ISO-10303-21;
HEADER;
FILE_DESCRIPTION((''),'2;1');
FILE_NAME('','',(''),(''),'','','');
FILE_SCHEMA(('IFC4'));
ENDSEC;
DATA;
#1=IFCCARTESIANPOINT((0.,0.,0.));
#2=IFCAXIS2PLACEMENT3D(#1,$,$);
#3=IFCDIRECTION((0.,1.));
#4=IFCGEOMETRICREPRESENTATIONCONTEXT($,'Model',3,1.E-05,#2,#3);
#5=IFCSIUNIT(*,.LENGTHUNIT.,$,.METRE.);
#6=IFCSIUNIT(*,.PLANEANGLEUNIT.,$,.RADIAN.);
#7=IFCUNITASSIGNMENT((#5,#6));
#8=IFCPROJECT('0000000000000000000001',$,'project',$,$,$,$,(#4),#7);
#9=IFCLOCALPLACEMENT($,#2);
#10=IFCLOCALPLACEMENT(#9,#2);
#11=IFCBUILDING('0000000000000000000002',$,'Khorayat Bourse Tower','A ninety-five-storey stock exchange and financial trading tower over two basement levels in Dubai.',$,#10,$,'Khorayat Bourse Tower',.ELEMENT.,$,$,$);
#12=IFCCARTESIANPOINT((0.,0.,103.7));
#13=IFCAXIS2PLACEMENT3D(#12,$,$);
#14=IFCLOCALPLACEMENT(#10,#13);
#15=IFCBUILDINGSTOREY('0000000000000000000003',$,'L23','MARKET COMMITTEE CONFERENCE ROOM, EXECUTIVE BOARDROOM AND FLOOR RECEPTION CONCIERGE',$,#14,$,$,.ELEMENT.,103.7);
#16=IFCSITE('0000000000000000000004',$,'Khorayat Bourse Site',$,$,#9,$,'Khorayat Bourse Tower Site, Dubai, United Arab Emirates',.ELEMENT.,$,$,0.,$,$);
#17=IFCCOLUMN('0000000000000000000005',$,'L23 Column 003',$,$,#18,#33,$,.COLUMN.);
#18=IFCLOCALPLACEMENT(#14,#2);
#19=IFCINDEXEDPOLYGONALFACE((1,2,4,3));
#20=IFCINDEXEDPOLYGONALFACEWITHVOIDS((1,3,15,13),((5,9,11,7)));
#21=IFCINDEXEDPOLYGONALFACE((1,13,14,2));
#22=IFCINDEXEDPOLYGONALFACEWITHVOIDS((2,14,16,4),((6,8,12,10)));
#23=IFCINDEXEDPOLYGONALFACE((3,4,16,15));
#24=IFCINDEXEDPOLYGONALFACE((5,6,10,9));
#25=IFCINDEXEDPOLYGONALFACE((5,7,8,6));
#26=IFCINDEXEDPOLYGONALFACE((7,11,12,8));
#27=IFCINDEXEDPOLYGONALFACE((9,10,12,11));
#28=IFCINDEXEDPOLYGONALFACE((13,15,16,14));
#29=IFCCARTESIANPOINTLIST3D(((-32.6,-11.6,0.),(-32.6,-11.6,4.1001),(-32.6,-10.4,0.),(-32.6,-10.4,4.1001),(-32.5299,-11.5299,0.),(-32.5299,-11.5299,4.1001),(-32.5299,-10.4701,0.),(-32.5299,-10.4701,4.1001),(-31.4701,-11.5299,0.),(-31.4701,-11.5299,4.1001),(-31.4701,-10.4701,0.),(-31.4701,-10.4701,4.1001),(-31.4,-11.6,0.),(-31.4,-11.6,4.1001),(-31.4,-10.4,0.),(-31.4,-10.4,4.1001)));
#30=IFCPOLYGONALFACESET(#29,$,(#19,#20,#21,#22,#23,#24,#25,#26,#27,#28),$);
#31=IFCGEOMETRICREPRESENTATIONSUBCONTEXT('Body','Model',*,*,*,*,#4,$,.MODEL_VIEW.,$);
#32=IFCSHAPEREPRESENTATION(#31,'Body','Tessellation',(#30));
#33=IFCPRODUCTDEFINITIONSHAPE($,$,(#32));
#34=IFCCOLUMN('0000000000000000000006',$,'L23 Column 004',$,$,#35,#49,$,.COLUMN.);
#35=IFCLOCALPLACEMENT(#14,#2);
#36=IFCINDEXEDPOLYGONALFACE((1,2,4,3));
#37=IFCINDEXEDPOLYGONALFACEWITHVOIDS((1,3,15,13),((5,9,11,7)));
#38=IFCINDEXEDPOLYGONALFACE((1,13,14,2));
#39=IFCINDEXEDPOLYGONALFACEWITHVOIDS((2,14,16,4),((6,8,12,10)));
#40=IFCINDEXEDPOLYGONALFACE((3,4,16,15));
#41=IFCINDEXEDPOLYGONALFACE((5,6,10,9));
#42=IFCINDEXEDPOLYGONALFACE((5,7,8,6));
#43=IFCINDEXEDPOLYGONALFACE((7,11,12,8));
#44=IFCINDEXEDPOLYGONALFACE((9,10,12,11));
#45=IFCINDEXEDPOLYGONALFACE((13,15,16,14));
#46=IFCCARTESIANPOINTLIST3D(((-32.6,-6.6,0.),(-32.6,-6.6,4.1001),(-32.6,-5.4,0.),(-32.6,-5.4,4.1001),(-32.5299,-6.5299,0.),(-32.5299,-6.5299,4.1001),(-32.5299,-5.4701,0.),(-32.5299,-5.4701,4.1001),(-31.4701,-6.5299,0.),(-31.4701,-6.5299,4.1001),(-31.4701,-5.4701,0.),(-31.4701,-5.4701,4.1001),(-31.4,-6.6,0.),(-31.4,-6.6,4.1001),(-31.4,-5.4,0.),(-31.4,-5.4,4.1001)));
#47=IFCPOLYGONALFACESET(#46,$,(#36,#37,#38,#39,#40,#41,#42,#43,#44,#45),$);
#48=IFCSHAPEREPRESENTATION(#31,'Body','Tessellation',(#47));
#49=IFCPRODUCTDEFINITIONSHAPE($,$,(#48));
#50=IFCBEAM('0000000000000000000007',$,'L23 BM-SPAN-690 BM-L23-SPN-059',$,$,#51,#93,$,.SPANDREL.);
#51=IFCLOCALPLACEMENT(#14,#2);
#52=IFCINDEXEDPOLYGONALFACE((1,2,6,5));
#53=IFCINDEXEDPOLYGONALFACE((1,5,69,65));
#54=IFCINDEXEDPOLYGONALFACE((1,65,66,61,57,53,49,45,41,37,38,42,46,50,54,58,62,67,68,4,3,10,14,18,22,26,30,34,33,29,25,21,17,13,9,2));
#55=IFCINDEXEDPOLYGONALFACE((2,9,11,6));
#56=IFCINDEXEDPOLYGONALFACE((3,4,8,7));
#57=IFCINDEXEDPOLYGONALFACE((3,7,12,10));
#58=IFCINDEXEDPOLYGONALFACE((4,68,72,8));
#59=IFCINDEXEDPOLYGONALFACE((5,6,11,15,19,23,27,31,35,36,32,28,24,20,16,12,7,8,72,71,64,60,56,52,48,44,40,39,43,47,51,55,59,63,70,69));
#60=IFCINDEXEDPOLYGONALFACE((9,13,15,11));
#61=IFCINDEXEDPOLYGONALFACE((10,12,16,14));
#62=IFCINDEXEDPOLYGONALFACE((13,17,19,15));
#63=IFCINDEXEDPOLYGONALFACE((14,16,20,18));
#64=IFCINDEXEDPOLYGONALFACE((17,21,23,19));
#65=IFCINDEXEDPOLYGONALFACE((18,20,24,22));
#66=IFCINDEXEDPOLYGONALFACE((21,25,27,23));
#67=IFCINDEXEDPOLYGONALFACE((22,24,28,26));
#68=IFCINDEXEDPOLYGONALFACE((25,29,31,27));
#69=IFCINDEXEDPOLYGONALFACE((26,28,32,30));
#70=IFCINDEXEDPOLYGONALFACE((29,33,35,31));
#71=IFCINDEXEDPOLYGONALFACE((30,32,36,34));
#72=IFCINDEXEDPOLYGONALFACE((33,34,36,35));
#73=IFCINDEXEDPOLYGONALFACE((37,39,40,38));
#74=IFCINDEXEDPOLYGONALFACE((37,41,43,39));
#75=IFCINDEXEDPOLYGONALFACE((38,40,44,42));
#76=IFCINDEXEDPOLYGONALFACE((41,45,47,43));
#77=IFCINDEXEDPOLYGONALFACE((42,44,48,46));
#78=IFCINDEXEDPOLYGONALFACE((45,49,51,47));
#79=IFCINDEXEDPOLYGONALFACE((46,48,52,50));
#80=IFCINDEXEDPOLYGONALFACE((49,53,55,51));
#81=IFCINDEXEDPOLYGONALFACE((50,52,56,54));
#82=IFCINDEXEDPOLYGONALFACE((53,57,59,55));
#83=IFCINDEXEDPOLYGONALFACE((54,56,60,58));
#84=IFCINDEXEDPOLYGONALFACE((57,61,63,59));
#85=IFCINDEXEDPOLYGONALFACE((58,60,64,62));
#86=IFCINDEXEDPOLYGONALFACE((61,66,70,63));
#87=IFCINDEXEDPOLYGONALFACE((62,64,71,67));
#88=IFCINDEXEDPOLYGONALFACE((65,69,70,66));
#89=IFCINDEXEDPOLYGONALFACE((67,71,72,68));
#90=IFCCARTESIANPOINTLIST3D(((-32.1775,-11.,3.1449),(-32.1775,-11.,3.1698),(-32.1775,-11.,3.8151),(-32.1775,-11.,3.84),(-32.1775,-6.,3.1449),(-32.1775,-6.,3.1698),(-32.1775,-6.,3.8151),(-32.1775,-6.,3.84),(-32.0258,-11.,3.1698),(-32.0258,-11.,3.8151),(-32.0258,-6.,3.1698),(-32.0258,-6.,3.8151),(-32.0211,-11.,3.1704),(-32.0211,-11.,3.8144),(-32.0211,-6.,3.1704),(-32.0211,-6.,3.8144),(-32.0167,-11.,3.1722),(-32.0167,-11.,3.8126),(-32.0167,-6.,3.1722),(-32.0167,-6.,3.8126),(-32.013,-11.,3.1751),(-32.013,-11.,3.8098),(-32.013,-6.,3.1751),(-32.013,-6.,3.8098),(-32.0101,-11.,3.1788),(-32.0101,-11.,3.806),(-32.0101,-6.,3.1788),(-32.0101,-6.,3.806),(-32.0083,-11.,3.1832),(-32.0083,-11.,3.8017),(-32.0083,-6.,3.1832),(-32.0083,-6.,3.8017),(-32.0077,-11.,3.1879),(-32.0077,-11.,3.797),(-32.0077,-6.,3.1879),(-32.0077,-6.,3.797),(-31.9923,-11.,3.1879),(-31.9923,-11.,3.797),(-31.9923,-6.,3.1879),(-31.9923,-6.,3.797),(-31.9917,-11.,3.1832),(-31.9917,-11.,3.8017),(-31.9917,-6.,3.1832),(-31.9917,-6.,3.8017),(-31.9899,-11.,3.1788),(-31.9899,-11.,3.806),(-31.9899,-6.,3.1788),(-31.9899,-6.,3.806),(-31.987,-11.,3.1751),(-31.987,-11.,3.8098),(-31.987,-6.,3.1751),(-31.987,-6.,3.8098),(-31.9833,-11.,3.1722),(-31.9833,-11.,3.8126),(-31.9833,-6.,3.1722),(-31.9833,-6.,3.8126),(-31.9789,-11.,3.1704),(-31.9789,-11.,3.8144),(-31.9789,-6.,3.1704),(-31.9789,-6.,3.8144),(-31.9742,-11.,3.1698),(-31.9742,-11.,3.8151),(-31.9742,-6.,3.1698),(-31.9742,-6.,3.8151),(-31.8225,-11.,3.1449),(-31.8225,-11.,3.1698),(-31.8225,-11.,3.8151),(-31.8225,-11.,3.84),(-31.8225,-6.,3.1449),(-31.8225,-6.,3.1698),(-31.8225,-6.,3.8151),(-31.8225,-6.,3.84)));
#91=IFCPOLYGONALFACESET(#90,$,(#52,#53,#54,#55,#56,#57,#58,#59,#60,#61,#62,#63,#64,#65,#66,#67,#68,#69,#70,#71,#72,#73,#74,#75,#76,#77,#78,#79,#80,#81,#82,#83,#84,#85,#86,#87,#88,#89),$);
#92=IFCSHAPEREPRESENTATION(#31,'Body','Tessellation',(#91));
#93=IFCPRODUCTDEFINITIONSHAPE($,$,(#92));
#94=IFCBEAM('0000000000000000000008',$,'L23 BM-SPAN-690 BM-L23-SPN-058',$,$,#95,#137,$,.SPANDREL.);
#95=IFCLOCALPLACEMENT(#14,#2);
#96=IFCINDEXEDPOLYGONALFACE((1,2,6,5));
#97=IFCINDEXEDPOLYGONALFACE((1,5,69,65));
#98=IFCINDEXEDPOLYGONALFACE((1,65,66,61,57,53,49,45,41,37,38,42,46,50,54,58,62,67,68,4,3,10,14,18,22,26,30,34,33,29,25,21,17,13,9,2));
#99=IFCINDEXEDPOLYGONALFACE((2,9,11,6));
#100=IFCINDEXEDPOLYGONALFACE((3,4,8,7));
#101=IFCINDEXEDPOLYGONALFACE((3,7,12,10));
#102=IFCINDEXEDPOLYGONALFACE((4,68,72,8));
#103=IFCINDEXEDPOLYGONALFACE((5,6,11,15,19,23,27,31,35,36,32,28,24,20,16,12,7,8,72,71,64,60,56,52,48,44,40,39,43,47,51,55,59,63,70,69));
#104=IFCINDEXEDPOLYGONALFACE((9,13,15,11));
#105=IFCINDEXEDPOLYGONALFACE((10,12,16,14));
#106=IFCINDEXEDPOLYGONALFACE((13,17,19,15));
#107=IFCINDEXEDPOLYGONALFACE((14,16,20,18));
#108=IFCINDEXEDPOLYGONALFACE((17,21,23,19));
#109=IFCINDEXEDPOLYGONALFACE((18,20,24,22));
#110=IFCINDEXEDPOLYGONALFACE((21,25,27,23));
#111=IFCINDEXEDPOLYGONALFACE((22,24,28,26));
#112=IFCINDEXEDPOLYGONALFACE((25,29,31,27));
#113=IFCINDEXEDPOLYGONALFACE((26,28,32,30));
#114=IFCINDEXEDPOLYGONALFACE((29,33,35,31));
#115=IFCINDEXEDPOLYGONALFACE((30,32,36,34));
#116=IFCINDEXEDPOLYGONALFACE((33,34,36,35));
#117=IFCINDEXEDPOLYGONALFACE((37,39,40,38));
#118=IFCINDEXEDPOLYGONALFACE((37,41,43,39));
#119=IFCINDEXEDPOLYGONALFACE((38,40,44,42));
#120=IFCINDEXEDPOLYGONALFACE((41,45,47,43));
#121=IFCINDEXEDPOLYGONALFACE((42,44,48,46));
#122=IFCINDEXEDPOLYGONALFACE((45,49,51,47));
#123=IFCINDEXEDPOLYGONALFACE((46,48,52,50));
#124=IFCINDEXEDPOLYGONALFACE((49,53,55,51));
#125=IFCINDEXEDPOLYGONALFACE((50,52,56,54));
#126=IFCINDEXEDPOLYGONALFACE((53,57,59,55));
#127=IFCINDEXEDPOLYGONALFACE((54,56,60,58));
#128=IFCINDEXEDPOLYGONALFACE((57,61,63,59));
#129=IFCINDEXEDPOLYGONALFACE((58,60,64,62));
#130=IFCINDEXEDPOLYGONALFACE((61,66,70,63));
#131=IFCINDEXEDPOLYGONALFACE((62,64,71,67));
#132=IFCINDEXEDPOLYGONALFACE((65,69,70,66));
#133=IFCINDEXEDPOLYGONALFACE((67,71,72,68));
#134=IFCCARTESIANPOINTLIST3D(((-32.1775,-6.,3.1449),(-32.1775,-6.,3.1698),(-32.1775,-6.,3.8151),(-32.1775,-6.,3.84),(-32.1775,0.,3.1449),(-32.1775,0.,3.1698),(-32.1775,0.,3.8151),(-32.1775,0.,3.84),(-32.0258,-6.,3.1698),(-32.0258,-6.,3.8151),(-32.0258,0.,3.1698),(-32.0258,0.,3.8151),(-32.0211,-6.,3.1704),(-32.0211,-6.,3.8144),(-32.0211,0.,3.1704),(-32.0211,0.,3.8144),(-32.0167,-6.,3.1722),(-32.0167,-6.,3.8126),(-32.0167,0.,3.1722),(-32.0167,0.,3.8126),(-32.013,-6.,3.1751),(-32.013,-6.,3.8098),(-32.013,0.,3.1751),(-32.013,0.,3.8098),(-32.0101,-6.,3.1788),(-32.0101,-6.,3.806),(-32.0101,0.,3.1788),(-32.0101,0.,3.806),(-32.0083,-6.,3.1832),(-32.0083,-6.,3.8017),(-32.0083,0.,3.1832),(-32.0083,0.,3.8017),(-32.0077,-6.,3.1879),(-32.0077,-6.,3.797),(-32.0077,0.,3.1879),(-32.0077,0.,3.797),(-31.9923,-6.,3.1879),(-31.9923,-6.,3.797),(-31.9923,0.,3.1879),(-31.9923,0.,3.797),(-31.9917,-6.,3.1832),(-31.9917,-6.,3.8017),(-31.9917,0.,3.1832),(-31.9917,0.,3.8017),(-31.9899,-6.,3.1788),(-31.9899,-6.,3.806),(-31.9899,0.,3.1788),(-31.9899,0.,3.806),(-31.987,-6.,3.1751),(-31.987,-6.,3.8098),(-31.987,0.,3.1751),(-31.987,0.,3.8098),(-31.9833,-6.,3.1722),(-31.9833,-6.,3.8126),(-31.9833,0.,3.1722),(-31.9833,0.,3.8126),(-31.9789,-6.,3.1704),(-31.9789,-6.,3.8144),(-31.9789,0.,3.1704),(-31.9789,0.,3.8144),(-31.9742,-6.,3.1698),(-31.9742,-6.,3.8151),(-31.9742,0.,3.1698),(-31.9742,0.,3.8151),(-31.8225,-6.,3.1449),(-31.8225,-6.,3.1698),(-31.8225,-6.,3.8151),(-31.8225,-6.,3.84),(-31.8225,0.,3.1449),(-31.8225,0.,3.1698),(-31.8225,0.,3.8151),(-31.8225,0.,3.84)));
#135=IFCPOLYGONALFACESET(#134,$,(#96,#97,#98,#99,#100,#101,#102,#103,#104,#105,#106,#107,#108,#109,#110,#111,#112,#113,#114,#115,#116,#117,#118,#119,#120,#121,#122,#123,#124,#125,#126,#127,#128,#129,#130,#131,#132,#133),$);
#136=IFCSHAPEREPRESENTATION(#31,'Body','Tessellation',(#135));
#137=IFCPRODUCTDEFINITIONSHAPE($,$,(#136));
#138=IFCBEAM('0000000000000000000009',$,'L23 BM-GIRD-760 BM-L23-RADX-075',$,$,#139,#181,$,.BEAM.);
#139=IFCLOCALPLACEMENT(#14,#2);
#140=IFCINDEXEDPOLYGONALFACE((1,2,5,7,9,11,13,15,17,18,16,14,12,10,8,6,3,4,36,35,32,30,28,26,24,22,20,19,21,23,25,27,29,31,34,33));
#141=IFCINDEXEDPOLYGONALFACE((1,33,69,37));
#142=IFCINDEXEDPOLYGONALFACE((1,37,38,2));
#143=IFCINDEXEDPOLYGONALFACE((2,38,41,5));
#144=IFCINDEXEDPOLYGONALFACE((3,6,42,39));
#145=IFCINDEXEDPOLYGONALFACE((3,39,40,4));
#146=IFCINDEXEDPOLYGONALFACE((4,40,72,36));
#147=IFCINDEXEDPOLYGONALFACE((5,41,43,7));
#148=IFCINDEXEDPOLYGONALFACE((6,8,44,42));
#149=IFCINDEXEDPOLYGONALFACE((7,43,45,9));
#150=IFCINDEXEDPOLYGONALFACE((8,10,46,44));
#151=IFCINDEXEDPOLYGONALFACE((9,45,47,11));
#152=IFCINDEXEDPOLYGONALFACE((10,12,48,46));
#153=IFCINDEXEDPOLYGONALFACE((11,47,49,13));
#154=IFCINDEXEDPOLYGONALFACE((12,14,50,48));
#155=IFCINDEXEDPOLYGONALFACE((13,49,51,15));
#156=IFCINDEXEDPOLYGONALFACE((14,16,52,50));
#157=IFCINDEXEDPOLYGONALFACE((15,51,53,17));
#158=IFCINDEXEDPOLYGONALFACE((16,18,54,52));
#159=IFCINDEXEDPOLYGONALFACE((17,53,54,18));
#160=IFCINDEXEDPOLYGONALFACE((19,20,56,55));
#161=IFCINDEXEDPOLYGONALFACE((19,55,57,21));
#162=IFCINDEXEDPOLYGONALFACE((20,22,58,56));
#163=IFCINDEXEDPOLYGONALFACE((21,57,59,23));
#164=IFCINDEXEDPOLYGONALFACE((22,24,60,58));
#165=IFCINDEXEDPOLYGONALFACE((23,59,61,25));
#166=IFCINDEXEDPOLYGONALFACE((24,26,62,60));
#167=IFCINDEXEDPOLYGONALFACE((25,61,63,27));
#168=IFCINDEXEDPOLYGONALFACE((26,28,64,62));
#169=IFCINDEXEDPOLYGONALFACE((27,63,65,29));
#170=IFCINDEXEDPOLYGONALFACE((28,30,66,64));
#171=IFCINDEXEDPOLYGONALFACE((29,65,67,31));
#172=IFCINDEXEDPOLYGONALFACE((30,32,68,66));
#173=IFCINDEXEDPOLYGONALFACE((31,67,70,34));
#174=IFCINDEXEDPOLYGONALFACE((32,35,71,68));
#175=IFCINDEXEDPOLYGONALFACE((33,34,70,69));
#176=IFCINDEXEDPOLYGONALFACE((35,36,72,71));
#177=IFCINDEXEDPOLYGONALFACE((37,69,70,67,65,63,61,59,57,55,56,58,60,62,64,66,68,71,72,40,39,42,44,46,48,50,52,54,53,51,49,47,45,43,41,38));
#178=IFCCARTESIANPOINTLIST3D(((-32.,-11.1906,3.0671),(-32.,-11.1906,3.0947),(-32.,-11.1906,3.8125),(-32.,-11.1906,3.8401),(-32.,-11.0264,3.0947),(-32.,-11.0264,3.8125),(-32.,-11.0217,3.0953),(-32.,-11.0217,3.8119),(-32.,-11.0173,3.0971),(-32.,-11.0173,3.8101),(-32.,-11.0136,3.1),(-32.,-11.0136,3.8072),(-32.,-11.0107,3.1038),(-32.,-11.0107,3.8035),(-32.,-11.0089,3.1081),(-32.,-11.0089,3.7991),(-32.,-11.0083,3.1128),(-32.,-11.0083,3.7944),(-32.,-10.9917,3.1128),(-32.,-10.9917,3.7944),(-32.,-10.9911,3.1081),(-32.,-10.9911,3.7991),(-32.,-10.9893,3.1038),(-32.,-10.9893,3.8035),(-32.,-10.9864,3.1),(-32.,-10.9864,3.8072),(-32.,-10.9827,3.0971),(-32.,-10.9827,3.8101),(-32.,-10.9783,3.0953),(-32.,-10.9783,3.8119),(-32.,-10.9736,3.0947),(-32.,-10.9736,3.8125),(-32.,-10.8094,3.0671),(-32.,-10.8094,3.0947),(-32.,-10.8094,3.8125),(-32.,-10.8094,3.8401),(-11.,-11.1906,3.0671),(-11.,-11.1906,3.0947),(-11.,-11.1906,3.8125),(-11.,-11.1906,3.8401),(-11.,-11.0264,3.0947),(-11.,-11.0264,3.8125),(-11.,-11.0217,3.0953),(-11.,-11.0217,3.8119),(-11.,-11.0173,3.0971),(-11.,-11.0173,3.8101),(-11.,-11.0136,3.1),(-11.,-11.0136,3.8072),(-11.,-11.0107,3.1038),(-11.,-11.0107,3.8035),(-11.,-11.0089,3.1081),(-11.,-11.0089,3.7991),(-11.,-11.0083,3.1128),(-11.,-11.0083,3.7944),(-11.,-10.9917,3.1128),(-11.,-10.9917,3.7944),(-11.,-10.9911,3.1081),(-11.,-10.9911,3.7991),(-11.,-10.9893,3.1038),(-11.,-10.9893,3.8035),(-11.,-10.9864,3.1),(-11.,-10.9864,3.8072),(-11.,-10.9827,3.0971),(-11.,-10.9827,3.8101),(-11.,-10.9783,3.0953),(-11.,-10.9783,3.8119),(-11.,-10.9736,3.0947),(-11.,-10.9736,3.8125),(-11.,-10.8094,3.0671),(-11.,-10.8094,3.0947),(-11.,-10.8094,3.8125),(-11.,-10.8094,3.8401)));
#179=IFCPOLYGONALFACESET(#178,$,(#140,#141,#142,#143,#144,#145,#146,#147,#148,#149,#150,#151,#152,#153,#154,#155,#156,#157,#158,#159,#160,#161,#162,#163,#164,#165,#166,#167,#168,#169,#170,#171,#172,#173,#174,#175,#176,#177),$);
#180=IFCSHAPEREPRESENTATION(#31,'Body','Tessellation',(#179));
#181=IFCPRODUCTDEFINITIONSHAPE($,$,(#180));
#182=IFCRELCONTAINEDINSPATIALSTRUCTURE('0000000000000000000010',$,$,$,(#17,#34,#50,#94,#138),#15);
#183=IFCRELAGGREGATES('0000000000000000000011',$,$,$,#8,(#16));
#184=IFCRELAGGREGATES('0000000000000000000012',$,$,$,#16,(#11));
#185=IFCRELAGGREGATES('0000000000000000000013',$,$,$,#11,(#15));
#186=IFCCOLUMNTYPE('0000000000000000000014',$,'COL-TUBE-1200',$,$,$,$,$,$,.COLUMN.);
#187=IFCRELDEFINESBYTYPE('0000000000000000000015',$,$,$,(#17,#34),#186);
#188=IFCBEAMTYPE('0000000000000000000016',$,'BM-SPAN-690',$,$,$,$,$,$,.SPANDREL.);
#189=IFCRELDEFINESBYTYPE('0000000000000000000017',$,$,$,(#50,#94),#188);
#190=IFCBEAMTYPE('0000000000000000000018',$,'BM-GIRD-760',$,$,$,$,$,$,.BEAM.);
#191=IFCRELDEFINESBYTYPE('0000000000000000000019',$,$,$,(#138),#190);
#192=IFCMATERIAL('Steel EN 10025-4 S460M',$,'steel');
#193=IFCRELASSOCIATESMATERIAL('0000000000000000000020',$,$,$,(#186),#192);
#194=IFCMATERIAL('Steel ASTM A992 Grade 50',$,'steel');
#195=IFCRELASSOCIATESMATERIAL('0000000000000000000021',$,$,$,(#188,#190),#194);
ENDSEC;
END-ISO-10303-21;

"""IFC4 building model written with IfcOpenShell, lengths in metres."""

from ifc_helpers import new_model, si_unit, direction, frame, origin, origin_2d, place, context, subcontext, project, spatial, hollow_rectangle, i_section, extrude, source, transform, mapped, material, material_profile, profile_set, type_object, element, save


model = new_model("IFC4")

# Units and contexts
model_context = context("Model", 3, precision=1e-05, world=origin(), true_north=direction((0.0, 1.0)))
body_context = subcontext(model_context, "Body", "Model", "MODEL_VIEW")
ifc_project = project(units=[si_unit("LENGTHUNIT", "METRE"), si_unit("PLANEANGLEUNIT", "RADIAN")], contexts=[model_context])

# Site, building, storey
site_placement = place(None, origin())
site = spatial("IfcSite", under=ifc_project, at=site_placement, Name="Khorayat Bourse Site", LongName="Khorayat Bourse Tower Site, Dubai, United Arab Emirates", CompositionType="ELEMENT", RefElevation=0.0)
building_placement = place(site_placement, origin())
building = spatial("IfcBuilding", under=site, at=building_placement, Name="Khorayat Bourse Tower", Description="A ninety-five-storey stock exchange and financial trading tower over two basement levels in Dubai.", LongName="Khorayat Bourse Tower", CompositionType="ELEMENT")
storey_placement = place(building_placement, frame((0.0, 0.0, 103.7)))
storey = spatial("IfcBuildingStorey", under=building, at=storey_placement, Name="L23", Description="MARKET COMMITTEE CONFERENCE ROOM, EXECUTIVE BOARDROOM AND FLOOR RECEPTION CONCIERGE", CompositionType="ELEMENT", Elevation=103.7)

# Columns
ifc_material_1 = material(Name="Steel EN 10025-4 S460M", Category="steel")
ifc_material_profile_1 = material_profile(ifc_material_1, hollow_rectangle(XDim=1.2, YDim=1.2, WallThickness=0.0701, at=origin_2d()), Name="BOX 1200x1200x70")
ifc_profile_set_1 = profile_set([ifc_material_profile_1], Name="Steel EN 10025-4 S460M")
column_type = type_object("IfcColumnType", Name="COL-TUBE-1200", PredefinedType="COLUMN", material=ifc_profile_set_1)
shared_shape_1 = source(origin(), body_context, "Body", "SweptSolid", [
    extrude(hollow_rectangle(XDim=1.2, YDim=1.2, WallThickness=0.0701, at=origin_2d()), origin(), (0.0, 0.0, 1.0), 4.1001),
])
for number, where, z_axis, x_axis, name in (
    (1, (-32.0, -11.0, 0.0), (0.0, 0.0, 1.0), (1.0, 0.0, 0.0), "L23 Column 003"),
    (2, (-32.0, -6.0, 0.0), (0.0, 0.0, 1.0), (1.0, 0.0, 0.0), "L23 Column 004"),
):
    element("IfcColumn", number, at=place(storey_placement, frame(where, z_axis=z_axis, x_axis=x_axis)), inside=storey, type_object=column_type, Name=name, PredefinedType="COLUMN", context=body_context, shape_type="MappedRepresentation", body=[
        mapped(shared_shape_1, transform((0.0, 0.0, 0.0), scale=1.0)),
    ])

# Beams
ifc_material_2 = material(Name="Steel ASTM A992 Grade 50", Category="steel")
ifc_material_profile_2 = material_profile(ifc_material_2, i_section(OverallWidth=0.355, OverallDepth=0.6951, WebThickness=0.0154, FlangeThickness=0.0249, FilletRadius=0.0181, at=origin_2d()), Name="W690X217")
ifc_profile_set_2 = profile_set([ifc_material_profile_2], Name="Steel ASTM A992 Grade 50")
beam_type_1 = type_object("IfcBeamType", Name="BM-SPAN-690", PredefinedType="SPANDREL", material=ifc_profile_set_2)
shared_shape_2 = source(origin(), body_context, "Body", "SweptSolid", [
    extrude(i_section(OverallWidth=0.355, OverallDepth=0.6951, WebThickness=0.0154, FlangeThickness=0.0249, FilletRadius=0.0181, at=origin_2d()), origin(), (0.0, 0.0, 1.0), 5.0),
])
beam_1_placement = place(storey_placement, frame((-32.0, -11.0, 3.4924), z_axis=(0.0, 1.0, 0.0), x_axis=(-1.0, 0.0, 0.0)))
element("IfcBeam", 3, at=beam_1_placement, inside=storey, type_object=beam_type_1, Name="L23 BM-SPAN-690 BM-L23-SPN-059", PredefinedType="SPANDREL", context=body_context, shape_type="MappedRepresentation", body=[
    mapped(shared_shape_2, transform((0.0, 0.0, 0.0), scale=1.0)),
])
shared_shape_3 = source(origin(), body_context, "Body", "SweptSolid", [
    extrude(i_section(OverallWidth=0.355, OverallDepth=0.6951, WebThickness=0.0154, FlangeThickness=0.0249, FilletRadius=0.0181, at=origin_2d()), origin(), (0.0, 0.0, 1.0), 6.0),
])
beam_2_placement = place(storey_placement, frame((-32.0, -6.0, 3.4924), z_axis=(0.0, 1.0, 0.0), x_axis=(-1.0, 0.0, 0.0)))
element("IfcBeam", 4, at=beam_2_placement, inside=storey, type_object=beam_type_1, Name="L23 BM-SPAN-690 BM-L23-SPN-058", PredefinedType="SPANDREL", context=body_context, shape_type="MappedRepresentation", body=[
    mapped(shared_shape_3, transform((0.0, 0.0, 0.0), scale=1.0)),
])
ifc_material_profile_3 = material_profile(ifc_material_2, i_section(OverallWidth=0.3811, OverallDepth=0.7729, WebThickness=0.0166, FlangeThickness=0.0276, FilletRadius=0.0181, at=origin_2d()), Name="W760X257")
ifc_profile_set_3 = profile_set([ifc_material_profile_3], Name="Steel ASTM A992 Grade 50")
beam_type_2 = type_object("IfcBeamType", Name="BM-GIRD-760", PredefinedType="BEAM", material=ifc_profile_set_3)
shared_shape_4 = source(origin(), body_context, "Body", "SweptSolid", [
    extrude(i_section(OverallWidth=0.3811, OverallDepth=0.7729, WebThickness=0.0166, FlangeThickness=0.0276, FilletRadius=0.0181, at=origin_2d()), origin(), (0.0, 0.0, 1.0), 21.0),
])
for number, where, z_axis, x_axis, name in (
    (5, (-32.0, -11.0, 3.4536), (1.0, 0.0, 0.0), (0.0, 1.0, 0.0), "L23 BM-GIRD-760 BM-L23-RADX-075"),
):
    element("IfcBeam", number, at=place(storey_placement, frame(where, z_axis=z_axis, x_axis=x_axis)), inside=storey, type_object=beam_type_2, Name=name, PredefinedType="BEAM", context=body_context, shape_type="MappedRepresentation", body=[
        mapped(shared_shape_4, transform((0.0, 0.0, 0.0), scale=1.0)),
    ])

save(model, "model.ifc")
